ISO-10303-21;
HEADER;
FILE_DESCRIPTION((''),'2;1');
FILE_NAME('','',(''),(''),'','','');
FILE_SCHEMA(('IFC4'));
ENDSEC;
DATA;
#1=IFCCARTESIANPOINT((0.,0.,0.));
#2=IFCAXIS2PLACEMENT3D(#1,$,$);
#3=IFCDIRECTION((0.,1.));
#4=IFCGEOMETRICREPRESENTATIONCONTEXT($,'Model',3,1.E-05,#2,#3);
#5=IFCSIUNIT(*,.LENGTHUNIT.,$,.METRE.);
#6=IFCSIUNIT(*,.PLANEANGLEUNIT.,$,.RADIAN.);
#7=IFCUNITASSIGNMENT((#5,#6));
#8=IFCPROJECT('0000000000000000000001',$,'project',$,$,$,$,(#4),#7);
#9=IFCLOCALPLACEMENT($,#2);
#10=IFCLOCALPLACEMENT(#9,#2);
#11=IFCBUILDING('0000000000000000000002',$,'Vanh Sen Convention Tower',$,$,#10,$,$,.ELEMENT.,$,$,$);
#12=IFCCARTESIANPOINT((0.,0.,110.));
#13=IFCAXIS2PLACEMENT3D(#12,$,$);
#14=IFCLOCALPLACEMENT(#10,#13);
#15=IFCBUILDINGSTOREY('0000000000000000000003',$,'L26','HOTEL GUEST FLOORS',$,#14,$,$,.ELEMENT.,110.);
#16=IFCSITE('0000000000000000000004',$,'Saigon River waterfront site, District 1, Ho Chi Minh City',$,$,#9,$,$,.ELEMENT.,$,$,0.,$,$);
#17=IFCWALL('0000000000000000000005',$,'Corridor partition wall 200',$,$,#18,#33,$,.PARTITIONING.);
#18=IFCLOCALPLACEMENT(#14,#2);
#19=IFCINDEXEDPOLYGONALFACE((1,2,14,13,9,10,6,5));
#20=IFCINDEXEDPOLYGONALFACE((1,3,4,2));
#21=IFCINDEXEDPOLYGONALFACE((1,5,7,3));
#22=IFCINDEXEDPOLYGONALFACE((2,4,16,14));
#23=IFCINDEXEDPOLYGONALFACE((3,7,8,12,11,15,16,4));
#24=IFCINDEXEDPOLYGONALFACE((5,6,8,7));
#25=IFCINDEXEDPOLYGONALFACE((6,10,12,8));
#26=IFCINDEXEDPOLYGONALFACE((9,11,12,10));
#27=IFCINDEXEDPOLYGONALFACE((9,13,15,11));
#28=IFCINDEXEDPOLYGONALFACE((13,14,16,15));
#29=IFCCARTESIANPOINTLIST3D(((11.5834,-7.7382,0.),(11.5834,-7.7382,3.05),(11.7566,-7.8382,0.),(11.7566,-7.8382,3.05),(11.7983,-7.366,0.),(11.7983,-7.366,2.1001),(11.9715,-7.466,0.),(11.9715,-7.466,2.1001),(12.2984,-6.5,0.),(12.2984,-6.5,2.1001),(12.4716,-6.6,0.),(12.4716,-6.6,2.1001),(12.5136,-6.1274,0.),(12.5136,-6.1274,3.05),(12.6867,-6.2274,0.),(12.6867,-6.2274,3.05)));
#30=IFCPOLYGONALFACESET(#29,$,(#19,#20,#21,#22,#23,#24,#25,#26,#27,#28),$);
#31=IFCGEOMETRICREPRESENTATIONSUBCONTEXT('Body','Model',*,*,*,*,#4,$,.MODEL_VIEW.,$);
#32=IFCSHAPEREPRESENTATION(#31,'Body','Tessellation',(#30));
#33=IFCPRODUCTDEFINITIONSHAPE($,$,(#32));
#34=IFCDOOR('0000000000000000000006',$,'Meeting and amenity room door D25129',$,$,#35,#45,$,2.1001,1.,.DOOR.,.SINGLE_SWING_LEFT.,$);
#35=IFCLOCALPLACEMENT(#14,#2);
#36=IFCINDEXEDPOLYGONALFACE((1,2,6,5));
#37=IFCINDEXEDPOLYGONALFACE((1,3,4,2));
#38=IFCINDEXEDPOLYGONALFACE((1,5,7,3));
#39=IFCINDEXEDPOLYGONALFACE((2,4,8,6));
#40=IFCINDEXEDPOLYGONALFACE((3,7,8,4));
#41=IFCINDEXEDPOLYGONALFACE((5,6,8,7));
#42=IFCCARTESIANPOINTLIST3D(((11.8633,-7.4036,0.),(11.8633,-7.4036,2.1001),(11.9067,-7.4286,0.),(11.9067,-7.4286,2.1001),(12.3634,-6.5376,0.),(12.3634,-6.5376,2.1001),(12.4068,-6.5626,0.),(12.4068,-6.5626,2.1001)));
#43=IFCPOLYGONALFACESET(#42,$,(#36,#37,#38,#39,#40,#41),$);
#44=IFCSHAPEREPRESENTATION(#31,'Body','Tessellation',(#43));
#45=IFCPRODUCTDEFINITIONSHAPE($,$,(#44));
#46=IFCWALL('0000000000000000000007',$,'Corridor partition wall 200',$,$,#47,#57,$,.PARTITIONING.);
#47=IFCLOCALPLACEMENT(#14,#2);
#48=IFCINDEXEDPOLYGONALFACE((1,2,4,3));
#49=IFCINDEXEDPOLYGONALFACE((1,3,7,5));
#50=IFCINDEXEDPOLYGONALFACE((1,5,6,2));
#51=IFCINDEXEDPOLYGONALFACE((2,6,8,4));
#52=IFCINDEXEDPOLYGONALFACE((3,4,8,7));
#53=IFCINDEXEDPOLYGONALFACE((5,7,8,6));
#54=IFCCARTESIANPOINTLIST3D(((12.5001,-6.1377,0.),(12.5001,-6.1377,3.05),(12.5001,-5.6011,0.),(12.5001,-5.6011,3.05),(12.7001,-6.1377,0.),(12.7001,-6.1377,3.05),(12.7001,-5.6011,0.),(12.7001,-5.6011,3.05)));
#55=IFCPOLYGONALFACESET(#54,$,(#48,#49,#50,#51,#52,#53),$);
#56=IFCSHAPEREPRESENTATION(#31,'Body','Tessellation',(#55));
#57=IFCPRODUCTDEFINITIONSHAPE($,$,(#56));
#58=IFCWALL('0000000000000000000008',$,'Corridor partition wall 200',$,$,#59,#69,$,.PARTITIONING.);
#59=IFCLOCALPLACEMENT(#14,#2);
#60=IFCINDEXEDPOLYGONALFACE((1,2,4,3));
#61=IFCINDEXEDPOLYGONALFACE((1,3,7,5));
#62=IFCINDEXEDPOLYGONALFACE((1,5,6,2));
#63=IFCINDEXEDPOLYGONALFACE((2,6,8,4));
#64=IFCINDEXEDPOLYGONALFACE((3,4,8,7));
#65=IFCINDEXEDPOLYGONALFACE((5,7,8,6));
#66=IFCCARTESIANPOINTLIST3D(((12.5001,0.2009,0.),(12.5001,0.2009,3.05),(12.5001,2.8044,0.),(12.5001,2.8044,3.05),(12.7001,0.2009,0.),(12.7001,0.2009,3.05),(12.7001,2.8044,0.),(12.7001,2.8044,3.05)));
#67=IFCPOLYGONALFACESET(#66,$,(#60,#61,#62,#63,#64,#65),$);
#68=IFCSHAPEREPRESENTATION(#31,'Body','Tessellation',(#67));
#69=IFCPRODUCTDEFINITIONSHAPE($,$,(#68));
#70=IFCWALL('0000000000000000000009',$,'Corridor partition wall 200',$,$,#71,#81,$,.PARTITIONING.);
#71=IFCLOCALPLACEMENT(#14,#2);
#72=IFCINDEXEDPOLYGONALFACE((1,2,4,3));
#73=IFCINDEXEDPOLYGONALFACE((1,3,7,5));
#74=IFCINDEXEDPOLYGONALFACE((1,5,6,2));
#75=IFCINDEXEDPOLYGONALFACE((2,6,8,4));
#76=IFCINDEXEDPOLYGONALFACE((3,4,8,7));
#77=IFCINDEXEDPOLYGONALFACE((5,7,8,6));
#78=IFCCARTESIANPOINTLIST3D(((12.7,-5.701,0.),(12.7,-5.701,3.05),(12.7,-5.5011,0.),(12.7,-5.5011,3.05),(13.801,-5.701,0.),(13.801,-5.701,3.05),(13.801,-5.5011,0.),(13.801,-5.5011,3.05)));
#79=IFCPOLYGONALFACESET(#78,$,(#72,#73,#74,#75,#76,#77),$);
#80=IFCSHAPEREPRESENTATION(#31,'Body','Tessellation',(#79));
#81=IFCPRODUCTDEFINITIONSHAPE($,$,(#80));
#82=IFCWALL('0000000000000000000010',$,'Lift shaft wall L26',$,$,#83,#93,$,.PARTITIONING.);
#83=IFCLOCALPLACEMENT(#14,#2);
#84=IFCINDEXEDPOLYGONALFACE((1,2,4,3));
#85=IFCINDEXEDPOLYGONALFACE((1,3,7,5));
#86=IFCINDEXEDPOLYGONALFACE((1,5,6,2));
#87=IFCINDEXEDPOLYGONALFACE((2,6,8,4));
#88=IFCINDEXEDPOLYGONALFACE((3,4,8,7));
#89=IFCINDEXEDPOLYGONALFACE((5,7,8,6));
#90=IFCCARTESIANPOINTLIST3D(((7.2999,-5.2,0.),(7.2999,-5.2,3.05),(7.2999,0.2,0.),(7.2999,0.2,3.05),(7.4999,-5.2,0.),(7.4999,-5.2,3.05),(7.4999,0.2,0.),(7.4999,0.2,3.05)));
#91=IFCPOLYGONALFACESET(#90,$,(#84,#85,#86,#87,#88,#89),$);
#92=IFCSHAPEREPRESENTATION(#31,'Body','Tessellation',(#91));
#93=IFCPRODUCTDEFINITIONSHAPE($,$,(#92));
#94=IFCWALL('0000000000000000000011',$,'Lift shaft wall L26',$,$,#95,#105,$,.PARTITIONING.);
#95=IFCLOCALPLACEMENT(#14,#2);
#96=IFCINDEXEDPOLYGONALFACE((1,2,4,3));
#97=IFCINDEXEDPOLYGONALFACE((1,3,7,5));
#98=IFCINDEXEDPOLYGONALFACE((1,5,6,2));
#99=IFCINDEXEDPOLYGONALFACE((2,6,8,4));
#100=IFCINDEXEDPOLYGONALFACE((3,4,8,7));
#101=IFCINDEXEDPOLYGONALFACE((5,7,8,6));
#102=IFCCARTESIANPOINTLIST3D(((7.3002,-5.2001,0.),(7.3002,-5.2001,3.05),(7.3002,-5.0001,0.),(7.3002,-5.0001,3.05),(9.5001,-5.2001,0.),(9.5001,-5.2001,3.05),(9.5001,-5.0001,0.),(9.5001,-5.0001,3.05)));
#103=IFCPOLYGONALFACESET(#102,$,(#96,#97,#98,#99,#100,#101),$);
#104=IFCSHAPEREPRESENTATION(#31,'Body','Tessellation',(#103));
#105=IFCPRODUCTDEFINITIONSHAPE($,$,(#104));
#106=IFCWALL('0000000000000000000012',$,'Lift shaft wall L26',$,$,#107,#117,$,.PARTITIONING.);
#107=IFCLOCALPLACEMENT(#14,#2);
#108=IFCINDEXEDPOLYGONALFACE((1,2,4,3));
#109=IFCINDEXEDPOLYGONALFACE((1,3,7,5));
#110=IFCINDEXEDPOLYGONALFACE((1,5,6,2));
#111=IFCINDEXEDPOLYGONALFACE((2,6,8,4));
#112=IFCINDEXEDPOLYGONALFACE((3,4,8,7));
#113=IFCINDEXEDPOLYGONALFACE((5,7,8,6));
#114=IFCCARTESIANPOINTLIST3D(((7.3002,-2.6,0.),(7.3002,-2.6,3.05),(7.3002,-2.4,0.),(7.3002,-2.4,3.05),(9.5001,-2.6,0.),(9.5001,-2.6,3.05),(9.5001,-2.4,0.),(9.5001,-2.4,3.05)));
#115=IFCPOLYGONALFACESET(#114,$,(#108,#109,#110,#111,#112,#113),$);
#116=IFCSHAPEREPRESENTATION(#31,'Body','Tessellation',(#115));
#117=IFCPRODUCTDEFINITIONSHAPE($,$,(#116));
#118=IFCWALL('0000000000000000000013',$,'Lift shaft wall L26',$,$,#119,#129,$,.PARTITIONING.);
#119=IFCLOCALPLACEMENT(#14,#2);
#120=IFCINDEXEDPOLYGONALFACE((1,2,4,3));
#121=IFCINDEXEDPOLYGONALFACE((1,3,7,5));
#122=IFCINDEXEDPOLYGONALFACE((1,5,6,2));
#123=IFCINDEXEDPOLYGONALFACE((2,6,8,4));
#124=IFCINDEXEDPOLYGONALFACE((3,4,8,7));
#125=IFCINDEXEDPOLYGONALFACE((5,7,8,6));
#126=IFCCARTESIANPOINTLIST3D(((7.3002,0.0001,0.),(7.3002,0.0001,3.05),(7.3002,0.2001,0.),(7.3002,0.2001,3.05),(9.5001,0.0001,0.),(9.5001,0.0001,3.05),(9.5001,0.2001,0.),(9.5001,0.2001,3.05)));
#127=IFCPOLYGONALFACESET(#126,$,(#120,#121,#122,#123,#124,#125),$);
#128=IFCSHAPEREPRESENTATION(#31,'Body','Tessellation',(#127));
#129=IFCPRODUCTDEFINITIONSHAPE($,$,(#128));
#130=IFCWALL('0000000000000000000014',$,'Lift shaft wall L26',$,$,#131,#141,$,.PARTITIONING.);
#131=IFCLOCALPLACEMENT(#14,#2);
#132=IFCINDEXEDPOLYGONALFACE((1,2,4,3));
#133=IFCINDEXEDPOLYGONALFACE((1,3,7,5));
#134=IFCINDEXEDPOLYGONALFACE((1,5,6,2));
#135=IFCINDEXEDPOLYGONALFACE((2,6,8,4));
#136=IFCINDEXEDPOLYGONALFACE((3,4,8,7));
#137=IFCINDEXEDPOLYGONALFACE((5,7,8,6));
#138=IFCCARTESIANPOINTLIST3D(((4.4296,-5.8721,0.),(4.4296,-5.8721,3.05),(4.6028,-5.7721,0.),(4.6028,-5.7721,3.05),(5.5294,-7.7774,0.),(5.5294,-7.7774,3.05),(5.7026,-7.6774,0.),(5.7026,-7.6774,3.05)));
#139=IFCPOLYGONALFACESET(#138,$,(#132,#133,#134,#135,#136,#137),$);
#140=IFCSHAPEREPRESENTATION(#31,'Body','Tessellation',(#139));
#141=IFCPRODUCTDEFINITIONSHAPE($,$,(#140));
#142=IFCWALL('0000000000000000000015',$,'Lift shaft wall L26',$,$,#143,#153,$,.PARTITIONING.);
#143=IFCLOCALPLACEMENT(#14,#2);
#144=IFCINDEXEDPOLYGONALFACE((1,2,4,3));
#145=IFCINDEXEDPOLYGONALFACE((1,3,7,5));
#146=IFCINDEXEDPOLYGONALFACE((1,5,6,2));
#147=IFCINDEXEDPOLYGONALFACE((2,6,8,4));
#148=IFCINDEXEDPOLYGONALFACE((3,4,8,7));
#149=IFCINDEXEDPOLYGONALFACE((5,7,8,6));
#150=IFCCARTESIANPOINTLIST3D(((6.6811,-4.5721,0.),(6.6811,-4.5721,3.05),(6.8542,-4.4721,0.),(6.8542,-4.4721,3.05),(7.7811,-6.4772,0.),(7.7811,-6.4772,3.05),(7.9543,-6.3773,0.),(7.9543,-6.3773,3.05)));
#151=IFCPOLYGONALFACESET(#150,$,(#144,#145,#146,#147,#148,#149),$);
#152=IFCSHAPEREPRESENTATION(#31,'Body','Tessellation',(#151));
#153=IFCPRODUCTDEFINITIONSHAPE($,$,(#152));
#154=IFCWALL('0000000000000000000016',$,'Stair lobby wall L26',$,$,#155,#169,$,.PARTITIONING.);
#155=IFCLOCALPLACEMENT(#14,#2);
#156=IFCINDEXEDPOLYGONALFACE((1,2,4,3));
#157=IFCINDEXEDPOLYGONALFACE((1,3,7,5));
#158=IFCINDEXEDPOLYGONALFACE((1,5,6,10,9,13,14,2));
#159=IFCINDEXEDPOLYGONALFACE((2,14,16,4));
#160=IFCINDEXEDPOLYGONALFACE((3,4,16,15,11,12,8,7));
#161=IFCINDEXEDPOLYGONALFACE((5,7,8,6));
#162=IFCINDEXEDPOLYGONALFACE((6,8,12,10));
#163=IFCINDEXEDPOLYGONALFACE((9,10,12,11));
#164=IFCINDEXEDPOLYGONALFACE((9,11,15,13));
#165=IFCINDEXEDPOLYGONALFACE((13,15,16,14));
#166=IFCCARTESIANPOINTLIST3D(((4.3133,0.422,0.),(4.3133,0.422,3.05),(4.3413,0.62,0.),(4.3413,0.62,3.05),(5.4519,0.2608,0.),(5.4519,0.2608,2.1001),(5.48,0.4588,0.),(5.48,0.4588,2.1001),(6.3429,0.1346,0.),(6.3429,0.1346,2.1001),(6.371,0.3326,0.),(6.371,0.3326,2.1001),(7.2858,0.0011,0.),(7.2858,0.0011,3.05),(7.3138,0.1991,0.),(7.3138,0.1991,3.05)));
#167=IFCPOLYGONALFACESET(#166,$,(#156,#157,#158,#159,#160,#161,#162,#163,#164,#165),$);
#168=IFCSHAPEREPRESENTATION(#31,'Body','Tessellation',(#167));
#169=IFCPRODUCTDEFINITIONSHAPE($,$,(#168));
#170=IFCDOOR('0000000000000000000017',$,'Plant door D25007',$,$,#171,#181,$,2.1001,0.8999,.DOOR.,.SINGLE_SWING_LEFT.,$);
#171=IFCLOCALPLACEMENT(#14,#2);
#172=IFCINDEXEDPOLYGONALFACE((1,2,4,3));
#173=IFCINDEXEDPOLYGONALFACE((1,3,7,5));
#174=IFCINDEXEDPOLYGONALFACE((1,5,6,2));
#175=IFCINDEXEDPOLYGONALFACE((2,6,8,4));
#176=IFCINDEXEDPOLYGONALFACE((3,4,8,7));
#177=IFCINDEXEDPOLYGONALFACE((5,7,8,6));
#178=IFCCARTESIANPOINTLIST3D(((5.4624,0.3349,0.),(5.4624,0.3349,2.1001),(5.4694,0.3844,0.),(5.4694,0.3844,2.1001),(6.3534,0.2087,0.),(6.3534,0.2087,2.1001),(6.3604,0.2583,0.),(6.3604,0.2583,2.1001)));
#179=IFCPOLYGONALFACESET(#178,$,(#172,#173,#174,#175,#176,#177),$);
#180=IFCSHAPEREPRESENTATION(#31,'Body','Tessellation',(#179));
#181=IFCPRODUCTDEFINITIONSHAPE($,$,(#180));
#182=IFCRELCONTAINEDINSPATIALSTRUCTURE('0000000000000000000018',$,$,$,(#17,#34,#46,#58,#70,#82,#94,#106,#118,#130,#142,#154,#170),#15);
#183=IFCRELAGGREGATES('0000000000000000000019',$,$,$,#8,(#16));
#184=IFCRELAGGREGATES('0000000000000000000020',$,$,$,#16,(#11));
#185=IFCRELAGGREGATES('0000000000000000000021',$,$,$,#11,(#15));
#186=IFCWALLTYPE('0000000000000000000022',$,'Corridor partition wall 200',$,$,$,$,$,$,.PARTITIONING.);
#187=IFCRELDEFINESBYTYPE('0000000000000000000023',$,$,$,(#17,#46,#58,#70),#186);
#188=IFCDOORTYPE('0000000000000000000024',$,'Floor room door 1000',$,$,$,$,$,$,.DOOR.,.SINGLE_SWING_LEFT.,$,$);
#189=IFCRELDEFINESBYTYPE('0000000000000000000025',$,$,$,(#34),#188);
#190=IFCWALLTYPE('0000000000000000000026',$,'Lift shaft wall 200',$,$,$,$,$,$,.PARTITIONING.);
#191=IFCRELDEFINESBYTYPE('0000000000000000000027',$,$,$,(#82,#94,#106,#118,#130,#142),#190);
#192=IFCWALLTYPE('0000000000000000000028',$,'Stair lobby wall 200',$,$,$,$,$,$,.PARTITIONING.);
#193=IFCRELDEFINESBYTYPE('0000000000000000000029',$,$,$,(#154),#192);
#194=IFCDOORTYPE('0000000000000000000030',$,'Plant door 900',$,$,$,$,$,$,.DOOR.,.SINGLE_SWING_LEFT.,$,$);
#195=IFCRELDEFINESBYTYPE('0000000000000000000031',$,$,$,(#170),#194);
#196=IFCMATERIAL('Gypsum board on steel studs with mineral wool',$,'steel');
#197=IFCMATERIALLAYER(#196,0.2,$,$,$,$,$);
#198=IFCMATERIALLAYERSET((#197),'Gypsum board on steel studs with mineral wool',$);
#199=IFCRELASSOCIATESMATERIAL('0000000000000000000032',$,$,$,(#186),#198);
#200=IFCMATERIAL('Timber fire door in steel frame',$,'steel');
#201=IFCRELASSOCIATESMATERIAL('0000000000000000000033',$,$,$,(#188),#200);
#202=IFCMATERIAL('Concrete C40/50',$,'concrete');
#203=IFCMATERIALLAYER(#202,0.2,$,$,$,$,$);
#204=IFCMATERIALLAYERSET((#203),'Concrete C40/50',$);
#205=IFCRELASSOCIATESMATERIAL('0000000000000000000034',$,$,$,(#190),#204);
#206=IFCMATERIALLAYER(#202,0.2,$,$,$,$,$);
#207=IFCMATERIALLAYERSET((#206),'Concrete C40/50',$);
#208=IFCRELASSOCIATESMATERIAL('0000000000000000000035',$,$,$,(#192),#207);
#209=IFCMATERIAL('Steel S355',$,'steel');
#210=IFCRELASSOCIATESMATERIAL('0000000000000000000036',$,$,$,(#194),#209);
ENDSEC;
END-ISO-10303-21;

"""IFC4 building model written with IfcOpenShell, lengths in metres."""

from ifc_helpers import new_model, si_unit, direction, frame, frame_2d, origin, place, context, subcontext, project, spatial, rectangle, extrude, material, layer, layer_set, type_object, element, fill, save


model = new_model("IFC4")

# Units and contexts
model_context = context("Model", 3, precision=1e-05, world=origin(), true_north=direction((0.0, 1.0)))
body_context = subcontext(model_context, "Body", "Model", "MODEL_VIEW")
ifc_project = project(units=[si_unit("LENGTHUNIT", "METRE"), si_unit("PLANEANGLEUNIT", "RADIAN")], contexts=[model_context])

# Site, building, storey
site_placement = place(None, origin())
site = spatial("IfcSite", under=ifc_project, at=site_placement, Name="Saigon River waterfront site, District 1, Ho Chi Minh City", CompositionType="ELEMENT", RefElevation=0.0)
building_placement = place(site_placement, origin())
building = spatial("IfcBuilding", under=site, at=building_placement, Name="Vanh Sen Convention Tower", CompositionType="ELEMENT")
storey_placement = place(building_placement, frame((0.0, 0.0, 110.0)))
storey = spatial("IfcBuildingStorey", under=building, at=storey_placement, Name="L26", Description="HOTEL GUEST FLOORS", CompositionType="ELEMENT", Elevation=110.0)

# Shared definitions
ifc_material_1 = material(Name="Steel S355", Category="steel")

# Shared definitions
ifc_material_2 = material(Name="Gypsum board on steel studs with mineral wool", Category="steel")
ifc_layer_1 = layer(ifc_material_2, 0.2)
ifc_layer_set_1 = layer_set([ifc_layer_1], Name="Gypsum board on steel studs with mineral wool")
wall_type_1 = type_object("IfcWallType", Name="Corridor partition wall 200", PredefinedType="PARTITIONING", material=ifc_layer_set_1)

# Shared definitions
ifc_material_3 = material(Name="Timber fire door in steel frame", Category="steel")

# Wall, opening, door
wall_1_placement = place(storey_placement, frame((11.6699, -7.7883, 0.0), z_axis=(0.0, 0.0, 1.0), x_axis=(0.500063, 0.865989, 0.0)))
wall_1 = element("IfcWall", 1, at=wall_1_placement, inside=storey, type_object=wall_type_1, Name="Corridor partition wall 200", PredefinedType="PARTITIONING", context=body_context, shape_type="SweptSolid", body=[
    extrude(rectangle(XDim=1.8601, YDim=0.2, at=frame_2d((0.9302, 0.0))), origin(), (0.0, 0.0, 1.0), 3.05),
])
opening_1_placement = place(wall_1_placement, frame((0.4299, 0.0, 0.0)))
opening_1 = element("IfcOpeningElement", 2, at=opening_1_placement, cuts=wall_1, PredefinedType="OPENING", context=body_context, shape_type="SweptSolid", body=[
    extrude(rectangle(XDim=1.0, YDim=2.1001, at=frame_2d((0.5, 1.05))), frame((0.0, 0.1099, 0.0), z_axis=(0.0, -1.0, 0.0), x_axis=(1.0, 0.0, 0.0)), (0.0, 0.0, 1.0), 0.22),
])
door_type_1 = type_object("IfcDoorType", Name="Floor room door 1000", OperationType="SINGLE_SWING_LEFT", PredefinedType="DOOR", material=ifc_material_3)
door_1_placement = place(opening_1_placement, origin())
door_1 = element("IfcDoor", 3, at=door_1_placement, inside=storey, type_object=door_type_1, Name="Meeting and amenity room door D25129", OperationType="SINGLE_SWING_LEFT", OverallHeight=2.1001, OverallWidth=1.0, PredefinedType="DOOR", context=body_context, shape_type="SweptSolid", body=[
    extrude(rectangle(XDim=1.0, YDim=2.1001, at=frame_2d((0.5, 1.05))), frame((0.0, 0.0249, 0.0), z_axis=(0.0, -1.0, 0.0), x_axis=(1.0, 0.0, 0.0)), (0.0, 0.0, 1.0), 0.05),
])
fill(opening_1, door_1)

# Walls
wall_2_placement = place(storey_placement, frame((12.6001, -6.1377, 0.0), z_axis=(0.0, 0.0, 1.0), x_axis=(0.0, 1.0, 0.0)))
element("IfcWall", 4, at=wall_2_placement, inside=storey, type_object=wall_type_1, Name="Corridor partition wall 200", PredefinedType="PARTITIONING", context=body_context, shape_type="SweptSolid", body=[
    extrude(rectangle(XDim=0.5366, YDim=0.2, at=frame_2d((0.2683, 0.0))), origin(), (0.0, 0.0, 1.0), 3.05),
])
wall_3_placement = place(storey_placement, frame((12.6001, 0.2009, 0.0), z_axis=(0.0, 0.0, 1.0), x_axis=(0.0, 1.0, 0.0)))
element("IfcWall", 5, at=wall_3_placement, inside=storey, type_object=wall_type_1, Name="Corridor partition wall 200", PredefinedType="PARTITIONING", context=body_context, shape_type="SweptSolid", body=[
    extrude(rectangle(XDim=2.6035, YDim=0.2, at=frame_2d((1.3018, 0.0))), origin(), (0.0, 0.0, 1.0), 3.05),
])
wall_4_placement = place(storey_placement, frame((12.7, -5.6011, 0.0), z_axis=(0.0, 0.0, 1.0), x_axis=(1.0, 0.0, 0.0)))
element("IfcWall", 6, at=wall_4_placement, inside=storey, type_object=wall_type_1, Name="Corridor partition wall 200", PredefinedType="PARTITIONING", context=body_context, shape_type="SweptSolid", body=[
    extrude(rectangle(XDim=1.1011, YDim=0.2, at=frame_2d((0.5505, 0.0))), origin(), (0.0, 0.0, 1.0), 3.05),
])
ifc_material_4 = material(Name="Concrete C40/50", Category="concrete")
ifc_layer_2 = layer(ifc_material_4, 0.2)
ifc_layer_set_2 = layer_set([ifc_layer_2], Name="Concrete C40/50")
wall_type_2 = type_object("IfcWallType", Name="Lift shaft wall 200", PredefinedType="PARTITIONING", material=ifc_layer_set_2)
wall_5_placement = place(storey_placement, frame((7.3999, -5.2, 0.0), z_axis=(0.0, 0.0, 1.0), x_axis=(0.0, 1.0, 0.0)))
element("IfcWall", 7, at=wall_5_placement, inside=storey, type_object=wall_type_2, Name="Lift shaft wall L26", PredefinedType="PARTITIONING", context=body_context, shape_type="SweptSolid", body=[
    extrude(rectangle(XDim=5.3999, YDim=0.2, at=frame_2d((2.7, 0.0))), origin(), (0.0, 0.0, 1.0), 3.05),
])
for number, where, z_axis, x_axis, name in (
    (8, (7.3, -5.1001, 0.0), (0.0, 0.0, 1.0), (1.0, 0.0, 0.0), "Lift shaft wall L26"),
    (9, (7.3, -2.5, 0.0), (0.0, 0.0, 1.0), (1.0, 0.0, 0.0), "Lift shaft wall L26"),
    (10, (7.3, 0.1001, 0.0), (0.0, 0.0, 1.0), (1.0, 0.0, 0.0), "Lift shaft wall L26"),
    (11, (4.5161, -5.822, 0.0), (0.0, 0.0, 1.0), (0.499947, -0.866056, 0.0), "Lift shaft wall L26"),
    (12, (6.7676, -4.522, 0.0), (0.0, 0.0, 1.0), (0.50003, -0.866008, 0.0), "Lift shaft wall L26"),
):
    element("IfcWall", number, at=place(storey_placement, frame(where, z_axis=z_axis, x_axis=x_axis)), inside=storey, type_object=wall_type_2, Name=name, PredefinedType="PARTITIONING", context=body_context, shape_type="SweptSolid", body=[
        extrude(rectangle(XDim=2.2, YDim=0.2, at=frame_2d((1.1001, 0.0))), origin(), (0.0, 0.0, 1.0), 3.05),
    ])

# Wall, opening, door
ifc_layer_3 = layer(ifc_material_4, 0.2)
ifc_layer_set_3 = layer_set([ifc_layer_3], Name="Concrete C40/50")
wall_type_3 = type_object("IfcWallType", Name="Stair lobby wall 200", PredefinedType="PARTITIONING", material=ifc_layer_set_3)
wall_6_placement = place(storey_placement, frame((4.3274, 0.521, 0.0), z_axis=(0.0, 0.0, 1.0), x_axis=(0.990124, -0.140192, 0.0)))
wall_6 = element("IfcWall", 13, at=wall_6_placement, inside=storey, type_object=wall_type_3, Name="Stair lobby wall L26", PredefinedType="PARTITIONING", context=body_context, shape_type="SweptSolid", body=[
    extrude(rectangle(XDim=3.0022, YDim=0.2, at=frame_2d((1.501, 0.0))), origin(), (0.0, 0.0, 1.0), 3.05),
])
opening_2_placement = place(wall_6_placement, frame((1.1499, 0.0, 0.0)))
opening_2 = element("IfcOpeningElement", 14, at=opening_2_placement, cuts=wall_6, PredefinedType="OPENING", context=body_context, shape_type="SweptSolid", body=[
    extrude(rectangle(XDim=0.8999, YDim=2.1001, at=frame_2d((0.45, 1.05))), frame((0.0, 0.1099, 0.0), z_axis=(0.0, -1.0, 0.0), x_axis=(1.0, 0.0, 0.0)), (0.0, 0.0, 1.0), 0.22),
])
door_type_2 = type_object("IfcDoorType", Name="Plant door 900", OperationType="SINGLE_SWING_LEFT", PredefinedType="DOOR", material=ifc_material_1)
door_2_placement = place(opening_2_placement, origin())
door_2 = element("IfcDoor", 15, at=door_2_placement, inside=storey, type_object=door_type_2, Name="Plant door D25007", OperationType="SINGLE_SWING_LEFT", OverallHeight=2.1001, OverallWidth=0.8999, PredefinedType="DOOR", context=body_context, shape_type="SweptSolid", body=[
    extrude(rectangle(XDim=0.8999, YDim=2.1001, at=frame_2d((0.45, 1.05))), frame((0.0, 0.0249, 0.0), z_axis=(0.0, -1.0, 0.0), x_axis=(1.0, 0.0, 0.0)), (0.0, 0.0, 1.0), 0.05),
])
fill(opening_2, door_2)

save(model, "model.ifc")
